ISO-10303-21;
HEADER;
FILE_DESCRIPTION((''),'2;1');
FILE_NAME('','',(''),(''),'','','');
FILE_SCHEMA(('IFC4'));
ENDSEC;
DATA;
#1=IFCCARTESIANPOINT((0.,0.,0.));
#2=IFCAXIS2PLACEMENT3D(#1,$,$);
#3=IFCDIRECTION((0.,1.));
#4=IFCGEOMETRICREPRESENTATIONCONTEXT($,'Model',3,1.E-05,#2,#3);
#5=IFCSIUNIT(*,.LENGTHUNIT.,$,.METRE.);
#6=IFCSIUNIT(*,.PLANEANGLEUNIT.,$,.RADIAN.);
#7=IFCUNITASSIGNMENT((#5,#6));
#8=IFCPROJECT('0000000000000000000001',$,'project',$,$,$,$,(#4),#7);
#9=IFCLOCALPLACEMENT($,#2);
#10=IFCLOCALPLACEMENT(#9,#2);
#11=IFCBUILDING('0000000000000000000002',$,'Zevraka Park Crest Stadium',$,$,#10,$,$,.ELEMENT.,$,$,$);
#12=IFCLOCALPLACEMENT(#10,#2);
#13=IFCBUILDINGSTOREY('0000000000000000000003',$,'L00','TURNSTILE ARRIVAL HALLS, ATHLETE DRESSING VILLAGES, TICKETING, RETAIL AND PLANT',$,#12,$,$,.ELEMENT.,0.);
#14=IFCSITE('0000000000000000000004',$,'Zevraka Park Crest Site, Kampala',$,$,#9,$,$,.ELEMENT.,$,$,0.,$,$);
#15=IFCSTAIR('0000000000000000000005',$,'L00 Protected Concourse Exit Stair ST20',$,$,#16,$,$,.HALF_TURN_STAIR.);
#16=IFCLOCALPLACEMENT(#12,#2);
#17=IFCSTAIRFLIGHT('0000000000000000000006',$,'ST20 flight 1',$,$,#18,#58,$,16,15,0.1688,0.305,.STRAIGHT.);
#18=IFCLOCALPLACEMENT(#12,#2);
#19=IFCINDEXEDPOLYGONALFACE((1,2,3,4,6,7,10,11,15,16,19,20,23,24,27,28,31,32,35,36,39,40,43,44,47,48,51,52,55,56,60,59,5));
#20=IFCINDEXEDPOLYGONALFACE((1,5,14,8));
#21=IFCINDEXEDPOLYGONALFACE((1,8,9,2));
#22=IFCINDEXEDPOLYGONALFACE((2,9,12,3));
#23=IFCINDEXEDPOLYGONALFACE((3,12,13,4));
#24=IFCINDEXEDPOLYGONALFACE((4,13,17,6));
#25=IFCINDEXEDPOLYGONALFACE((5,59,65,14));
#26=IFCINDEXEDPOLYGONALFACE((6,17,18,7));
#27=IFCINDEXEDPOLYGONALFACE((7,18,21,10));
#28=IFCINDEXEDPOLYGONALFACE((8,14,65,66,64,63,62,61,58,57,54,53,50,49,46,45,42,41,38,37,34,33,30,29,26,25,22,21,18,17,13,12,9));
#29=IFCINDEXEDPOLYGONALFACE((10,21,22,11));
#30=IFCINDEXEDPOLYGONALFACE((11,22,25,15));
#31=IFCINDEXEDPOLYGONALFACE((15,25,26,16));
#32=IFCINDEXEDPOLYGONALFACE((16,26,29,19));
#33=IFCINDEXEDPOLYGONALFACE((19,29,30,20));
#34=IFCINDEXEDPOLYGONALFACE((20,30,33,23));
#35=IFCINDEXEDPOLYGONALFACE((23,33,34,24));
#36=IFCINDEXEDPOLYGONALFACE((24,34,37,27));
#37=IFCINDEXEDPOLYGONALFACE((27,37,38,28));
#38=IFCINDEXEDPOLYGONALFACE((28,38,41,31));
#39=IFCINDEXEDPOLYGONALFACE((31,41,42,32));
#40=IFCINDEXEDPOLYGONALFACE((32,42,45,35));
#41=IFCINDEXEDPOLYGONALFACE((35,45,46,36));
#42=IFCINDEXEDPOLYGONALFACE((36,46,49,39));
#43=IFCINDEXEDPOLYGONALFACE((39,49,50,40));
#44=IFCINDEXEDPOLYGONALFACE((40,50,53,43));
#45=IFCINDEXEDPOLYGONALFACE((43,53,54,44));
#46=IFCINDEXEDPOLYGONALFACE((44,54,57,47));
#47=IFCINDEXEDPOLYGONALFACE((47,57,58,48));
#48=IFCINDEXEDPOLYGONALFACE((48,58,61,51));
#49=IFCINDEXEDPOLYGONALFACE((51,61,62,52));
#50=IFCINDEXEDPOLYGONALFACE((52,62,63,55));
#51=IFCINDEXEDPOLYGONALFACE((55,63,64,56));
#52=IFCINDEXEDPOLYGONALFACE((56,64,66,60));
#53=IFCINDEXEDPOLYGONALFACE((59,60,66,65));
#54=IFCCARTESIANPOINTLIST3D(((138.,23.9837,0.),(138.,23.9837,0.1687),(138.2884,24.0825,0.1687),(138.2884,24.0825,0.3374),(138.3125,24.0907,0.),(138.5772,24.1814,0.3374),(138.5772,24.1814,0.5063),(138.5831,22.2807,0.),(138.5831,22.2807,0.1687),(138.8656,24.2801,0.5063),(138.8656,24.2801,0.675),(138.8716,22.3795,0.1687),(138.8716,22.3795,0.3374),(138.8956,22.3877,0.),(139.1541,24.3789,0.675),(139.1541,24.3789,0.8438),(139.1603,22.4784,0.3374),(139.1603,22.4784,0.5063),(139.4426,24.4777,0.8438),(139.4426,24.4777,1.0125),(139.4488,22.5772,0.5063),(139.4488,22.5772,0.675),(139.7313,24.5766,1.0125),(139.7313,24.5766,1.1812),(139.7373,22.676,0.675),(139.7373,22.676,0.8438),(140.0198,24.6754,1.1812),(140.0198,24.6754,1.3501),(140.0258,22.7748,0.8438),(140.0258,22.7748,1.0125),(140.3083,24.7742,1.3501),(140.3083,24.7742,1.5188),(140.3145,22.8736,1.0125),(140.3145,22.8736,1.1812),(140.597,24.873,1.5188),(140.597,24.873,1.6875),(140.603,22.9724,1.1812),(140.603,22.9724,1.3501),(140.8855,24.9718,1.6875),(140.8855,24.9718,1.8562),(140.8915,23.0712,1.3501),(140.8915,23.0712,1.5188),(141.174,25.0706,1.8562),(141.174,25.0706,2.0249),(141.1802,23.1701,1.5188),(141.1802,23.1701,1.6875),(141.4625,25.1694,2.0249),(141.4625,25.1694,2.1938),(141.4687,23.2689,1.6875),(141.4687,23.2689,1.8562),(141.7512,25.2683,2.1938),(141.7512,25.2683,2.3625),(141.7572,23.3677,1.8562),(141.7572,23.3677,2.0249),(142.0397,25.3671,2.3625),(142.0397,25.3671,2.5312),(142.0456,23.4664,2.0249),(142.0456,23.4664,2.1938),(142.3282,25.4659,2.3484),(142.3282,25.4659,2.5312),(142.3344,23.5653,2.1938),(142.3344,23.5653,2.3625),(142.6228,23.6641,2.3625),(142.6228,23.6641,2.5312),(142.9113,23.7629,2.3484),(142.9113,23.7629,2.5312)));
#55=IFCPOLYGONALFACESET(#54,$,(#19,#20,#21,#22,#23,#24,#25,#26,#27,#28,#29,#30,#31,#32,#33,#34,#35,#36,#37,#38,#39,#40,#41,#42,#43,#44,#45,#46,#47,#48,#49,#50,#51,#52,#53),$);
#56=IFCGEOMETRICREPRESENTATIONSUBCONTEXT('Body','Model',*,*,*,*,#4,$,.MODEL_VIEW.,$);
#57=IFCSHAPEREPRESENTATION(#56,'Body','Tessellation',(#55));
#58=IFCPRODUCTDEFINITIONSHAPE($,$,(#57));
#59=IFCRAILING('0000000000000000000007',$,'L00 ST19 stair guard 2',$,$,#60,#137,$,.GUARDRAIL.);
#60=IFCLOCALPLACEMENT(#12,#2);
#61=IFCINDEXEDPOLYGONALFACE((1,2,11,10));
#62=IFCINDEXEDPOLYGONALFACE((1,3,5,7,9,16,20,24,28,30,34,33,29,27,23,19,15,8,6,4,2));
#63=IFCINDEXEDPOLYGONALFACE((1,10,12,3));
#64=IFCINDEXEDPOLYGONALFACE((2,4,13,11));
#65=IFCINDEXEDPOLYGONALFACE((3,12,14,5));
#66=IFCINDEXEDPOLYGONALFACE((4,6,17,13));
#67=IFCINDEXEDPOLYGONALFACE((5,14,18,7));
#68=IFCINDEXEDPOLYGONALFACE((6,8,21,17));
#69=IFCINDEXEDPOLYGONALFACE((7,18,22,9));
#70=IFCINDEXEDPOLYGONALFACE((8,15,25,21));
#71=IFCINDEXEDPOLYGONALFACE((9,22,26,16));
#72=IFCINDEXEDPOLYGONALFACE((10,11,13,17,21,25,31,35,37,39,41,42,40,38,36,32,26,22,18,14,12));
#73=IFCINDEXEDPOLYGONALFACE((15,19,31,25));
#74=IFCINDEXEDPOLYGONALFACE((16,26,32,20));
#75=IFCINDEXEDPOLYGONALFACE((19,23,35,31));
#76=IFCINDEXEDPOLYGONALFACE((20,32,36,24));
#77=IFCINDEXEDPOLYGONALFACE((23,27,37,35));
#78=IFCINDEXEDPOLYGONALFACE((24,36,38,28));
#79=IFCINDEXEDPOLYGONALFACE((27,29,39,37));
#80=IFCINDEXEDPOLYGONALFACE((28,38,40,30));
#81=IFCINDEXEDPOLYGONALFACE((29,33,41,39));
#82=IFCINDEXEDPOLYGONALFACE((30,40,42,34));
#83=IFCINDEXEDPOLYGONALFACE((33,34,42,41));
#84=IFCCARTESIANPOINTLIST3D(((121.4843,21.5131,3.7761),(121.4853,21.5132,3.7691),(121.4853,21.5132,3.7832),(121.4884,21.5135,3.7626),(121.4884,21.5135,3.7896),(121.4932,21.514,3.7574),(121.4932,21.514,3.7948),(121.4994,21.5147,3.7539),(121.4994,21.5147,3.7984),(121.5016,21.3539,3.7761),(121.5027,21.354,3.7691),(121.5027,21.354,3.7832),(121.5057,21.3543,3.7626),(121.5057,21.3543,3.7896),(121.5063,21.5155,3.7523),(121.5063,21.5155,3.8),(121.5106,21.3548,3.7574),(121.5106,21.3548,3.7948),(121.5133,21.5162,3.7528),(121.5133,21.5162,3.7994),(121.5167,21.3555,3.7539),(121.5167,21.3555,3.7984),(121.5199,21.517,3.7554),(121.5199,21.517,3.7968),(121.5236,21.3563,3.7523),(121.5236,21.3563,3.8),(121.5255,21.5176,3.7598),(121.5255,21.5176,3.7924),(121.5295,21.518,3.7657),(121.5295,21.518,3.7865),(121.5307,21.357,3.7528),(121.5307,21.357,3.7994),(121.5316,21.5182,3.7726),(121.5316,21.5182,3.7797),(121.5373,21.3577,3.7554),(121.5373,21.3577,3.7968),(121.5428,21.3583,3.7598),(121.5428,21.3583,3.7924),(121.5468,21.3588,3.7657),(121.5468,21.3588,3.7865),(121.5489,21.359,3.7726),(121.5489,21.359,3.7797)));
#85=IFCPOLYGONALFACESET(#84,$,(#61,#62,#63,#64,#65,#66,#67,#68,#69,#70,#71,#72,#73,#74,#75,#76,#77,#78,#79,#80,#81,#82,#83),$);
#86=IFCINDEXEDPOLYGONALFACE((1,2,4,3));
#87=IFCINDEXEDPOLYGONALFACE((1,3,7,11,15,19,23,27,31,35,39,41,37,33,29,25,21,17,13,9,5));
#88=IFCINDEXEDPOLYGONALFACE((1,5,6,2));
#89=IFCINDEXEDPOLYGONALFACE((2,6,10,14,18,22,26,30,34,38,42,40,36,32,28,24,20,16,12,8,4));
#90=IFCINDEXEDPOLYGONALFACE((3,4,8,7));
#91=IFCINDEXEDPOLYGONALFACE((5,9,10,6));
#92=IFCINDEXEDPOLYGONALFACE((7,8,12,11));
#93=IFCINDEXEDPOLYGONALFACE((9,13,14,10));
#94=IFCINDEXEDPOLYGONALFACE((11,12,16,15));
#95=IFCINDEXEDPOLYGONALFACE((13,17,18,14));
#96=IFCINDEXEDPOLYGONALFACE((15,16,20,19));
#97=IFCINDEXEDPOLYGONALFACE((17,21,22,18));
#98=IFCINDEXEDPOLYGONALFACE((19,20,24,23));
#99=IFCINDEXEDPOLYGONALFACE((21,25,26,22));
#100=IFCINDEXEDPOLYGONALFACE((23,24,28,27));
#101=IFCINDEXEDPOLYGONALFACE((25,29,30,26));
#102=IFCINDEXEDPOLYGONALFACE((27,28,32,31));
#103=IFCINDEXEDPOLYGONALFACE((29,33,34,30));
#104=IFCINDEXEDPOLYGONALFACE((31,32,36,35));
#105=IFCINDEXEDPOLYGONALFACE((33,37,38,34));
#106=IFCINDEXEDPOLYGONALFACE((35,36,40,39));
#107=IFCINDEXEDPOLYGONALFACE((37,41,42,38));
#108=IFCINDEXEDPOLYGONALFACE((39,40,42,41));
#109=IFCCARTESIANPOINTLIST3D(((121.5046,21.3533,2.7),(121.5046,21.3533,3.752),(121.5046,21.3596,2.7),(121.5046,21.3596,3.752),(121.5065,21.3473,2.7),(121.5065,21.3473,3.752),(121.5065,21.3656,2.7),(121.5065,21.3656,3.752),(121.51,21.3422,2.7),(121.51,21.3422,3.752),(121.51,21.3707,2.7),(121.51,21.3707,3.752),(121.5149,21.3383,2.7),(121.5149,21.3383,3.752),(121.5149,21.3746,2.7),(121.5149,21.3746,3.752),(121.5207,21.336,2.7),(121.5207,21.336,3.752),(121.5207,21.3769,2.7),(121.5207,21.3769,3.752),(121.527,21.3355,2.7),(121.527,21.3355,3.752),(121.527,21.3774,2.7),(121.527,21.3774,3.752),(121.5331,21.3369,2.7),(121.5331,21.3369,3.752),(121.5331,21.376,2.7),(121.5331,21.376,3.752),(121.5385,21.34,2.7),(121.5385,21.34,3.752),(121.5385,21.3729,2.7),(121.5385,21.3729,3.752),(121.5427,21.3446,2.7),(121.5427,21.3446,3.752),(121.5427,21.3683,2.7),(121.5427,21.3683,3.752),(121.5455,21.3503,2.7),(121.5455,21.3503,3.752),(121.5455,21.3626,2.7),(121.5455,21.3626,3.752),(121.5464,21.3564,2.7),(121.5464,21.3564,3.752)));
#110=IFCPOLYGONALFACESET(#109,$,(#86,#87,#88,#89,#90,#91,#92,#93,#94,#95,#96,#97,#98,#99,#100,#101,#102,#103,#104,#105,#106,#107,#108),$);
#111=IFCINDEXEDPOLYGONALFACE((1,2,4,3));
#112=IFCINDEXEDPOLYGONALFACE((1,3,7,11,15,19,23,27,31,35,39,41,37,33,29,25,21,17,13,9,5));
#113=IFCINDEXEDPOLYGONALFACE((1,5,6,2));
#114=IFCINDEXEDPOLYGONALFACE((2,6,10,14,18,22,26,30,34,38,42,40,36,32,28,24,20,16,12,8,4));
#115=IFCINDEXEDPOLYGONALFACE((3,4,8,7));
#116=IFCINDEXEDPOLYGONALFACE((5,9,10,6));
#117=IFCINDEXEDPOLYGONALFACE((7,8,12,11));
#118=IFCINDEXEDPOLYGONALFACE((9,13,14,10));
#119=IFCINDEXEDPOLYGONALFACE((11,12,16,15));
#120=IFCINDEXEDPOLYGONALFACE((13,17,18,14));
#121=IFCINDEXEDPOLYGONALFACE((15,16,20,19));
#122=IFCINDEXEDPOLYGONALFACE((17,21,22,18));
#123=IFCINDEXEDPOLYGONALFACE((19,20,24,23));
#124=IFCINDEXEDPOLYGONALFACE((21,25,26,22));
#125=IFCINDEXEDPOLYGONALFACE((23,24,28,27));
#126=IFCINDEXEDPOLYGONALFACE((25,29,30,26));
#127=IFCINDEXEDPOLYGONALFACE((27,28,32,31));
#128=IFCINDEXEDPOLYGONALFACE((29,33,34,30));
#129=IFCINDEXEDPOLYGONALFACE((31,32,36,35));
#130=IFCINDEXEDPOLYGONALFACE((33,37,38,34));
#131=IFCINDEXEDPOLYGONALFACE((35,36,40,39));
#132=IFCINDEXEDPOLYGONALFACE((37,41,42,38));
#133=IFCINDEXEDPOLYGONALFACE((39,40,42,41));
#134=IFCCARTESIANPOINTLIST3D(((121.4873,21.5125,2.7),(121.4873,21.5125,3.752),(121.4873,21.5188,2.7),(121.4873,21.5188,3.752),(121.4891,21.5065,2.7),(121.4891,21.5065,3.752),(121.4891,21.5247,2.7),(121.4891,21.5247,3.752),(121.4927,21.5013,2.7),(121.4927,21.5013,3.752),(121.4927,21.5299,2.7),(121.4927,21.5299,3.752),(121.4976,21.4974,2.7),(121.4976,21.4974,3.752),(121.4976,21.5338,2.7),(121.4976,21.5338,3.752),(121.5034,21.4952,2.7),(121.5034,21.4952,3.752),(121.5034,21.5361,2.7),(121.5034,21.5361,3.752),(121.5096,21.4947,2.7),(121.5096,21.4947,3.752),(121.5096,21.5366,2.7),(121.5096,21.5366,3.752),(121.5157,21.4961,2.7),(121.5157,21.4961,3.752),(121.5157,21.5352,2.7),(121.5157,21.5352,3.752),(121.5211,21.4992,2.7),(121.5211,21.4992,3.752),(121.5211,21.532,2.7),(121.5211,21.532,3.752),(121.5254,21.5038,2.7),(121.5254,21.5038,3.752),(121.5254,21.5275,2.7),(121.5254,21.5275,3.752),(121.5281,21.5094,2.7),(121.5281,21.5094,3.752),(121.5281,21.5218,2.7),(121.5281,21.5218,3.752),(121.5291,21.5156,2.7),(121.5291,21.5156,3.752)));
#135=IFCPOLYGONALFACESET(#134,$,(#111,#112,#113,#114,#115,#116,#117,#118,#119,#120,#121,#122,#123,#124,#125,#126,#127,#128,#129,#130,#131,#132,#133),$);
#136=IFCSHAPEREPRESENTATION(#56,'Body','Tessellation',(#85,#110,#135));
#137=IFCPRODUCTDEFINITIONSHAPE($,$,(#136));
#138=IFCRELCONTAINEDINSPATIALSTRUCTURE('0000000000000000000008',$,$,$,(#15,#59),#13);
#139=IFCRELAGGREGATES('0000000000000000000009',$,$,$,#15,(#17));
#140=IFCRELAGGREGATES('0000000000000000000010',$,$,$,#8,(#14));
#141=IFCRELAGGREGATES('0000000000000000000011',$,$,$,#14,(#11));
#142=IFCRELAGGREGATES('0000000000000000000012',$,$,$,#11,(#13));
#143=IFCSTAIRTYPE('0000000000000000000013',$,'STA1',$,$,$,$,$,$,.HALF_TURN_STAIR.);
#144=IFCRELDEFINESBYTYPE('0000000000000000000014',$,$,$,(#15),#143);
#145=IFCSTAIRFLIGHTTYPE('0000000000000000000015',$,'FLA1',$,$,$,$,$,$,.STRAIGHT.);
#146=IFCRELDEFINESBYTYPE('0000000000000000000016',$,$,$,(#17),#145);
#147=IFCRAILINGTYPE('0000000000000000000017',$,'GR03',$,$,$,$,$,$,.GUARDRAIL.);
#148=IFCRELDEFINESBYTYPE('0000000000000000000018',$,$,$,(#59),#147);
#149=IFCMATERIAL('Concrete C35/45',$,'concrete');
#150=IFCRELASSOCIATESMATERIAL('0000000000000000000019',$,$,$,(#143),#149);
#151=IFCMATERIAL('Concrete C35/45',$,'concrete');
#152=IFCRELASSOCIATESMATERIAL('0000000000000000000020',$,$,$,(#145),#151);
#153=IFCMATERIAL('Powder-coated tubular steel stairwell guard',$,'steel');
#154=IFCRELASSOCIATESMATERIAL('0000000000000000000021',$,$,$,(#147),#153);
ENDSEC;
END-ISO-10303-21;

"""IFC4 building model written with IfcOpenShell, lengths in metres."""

from ifc_helpers import new_model, si_unit, direction, frame, origin, origin_2d, place, context, subcontext, project, spatial, polyline, circle, outline, extrude, material, type_object, element, aggregate, save


model = new_model("IFC4")

# Units and contexts
model_context = context("Model", 3, precision=1e-05, world=origin(), true_north=direction((0.0, 1.0)))
body_context = subcontext(model_context, "Body", "Model", "MODEL_VIEW")
ifc_project = project(units=[si_unit("LENGTHUNIT", "METRE"), si_unit("PLANEANGLEUNIT", "RADIAN")], contexts=[model_context])

# Site, building, storey
site_placement = place(None, origin())
site = spatial("IfcSite", under=ifc_project, at=site_placement, Name="Zevraka Park Crest Site, Kampala", CompositionType="ELEMENT", RefElevation=0.0)
building_placement = place(site_placement, origin())
building = spatial("IfcBuilding", under=site, at=building_placement, Name="Zevraka Park Crest Stadium", CompositionType="ELEMENT")
storey_placement = place(building_placement, origin())
storey = spatial("IfcBuildingStorey", under=building, at=storey_placement, Name="L00", Description="TURNSTILE ARRIVAL HALLS, ATHLETE DRESSING VILLAGES, TICKETING, RETAIL AND PLANT", CompositionType="ELEMENT", Elevation=0.0)

# Stair, stair flight
ifc_material_1 = material(Name="Concrete C35/45", Category="concrete")
stair_type = type_object("IfcStairType", Name="STA1", PredefinedType="HALF_TURN_STAIR", material=ifc_material_1)
ifc_material_2 = material(Name="Concrete C35/45", Category="concrete")
stair_flight_type = type_object("IfcStairFlightType", Name="FLA1", PredefinedType="STRAIGHT", material=ifc_material_2)
stair_1_placement = place(storey_placement, origin())
stair_1 = element("IfcStair", 1, at=stair_1_placement, inside=storey, type_object=stair_type, Name="L00 Protected Concourse Exit Stair ST20", PredefinedType="HALF_TURN_STAIR")
stair_flight_1_placement = place(storey_placement, frame((138.2915, 23.1323, 0.0), z_axis=(0.0, 0.0, 1.0), x_axis=(0.946066, 0.323974, 0.0)))
stair_flight_1 = element("IfcStairFlight", 2, at=stair_flight_1_placement, type_object=stair_flight_type, Name="ST20 flight 1", NumberOfRisers=16, NumberOfTreads=15, PredefinedType="STRAIGHT", RiserHeight=0.1688, TreadLength=0.305, context=body_context, shape_type="SweptSolid", body=[
    extrude(outline(polyline([(0.0, 0.0), (0.0, 0.1687), (0.3049, 0.1687), (0.3049, 0.3374), (0.6101, 0.3374), (0.6101, 0.5063), (0.915, 0.5063), (0.915, 0.675), (1.22, 0.675), (1.22, 0.8438), (1.5249, 0.8438), (1.5249, 1.0125), (1.8301, 1.0125), (1.8301, 1.1812), (2.135, 1.1812), (2.135, 1.3501), (2.4399, 1.3501), (2.4399, 1.5188), (2.7451, 1.5188), (2.7451, 1.6875), (3.05, 1.6875), (3.05, 1.8562), (3.355, 1.8562), (3.355, 2.0249), (3.6599, 2.0249), (3.6599, 2.1938), (3.9651, 2.1938), (3.9651, 2.3625), (4.27, 2.3625), (4.27, 2.5312), (4.575, 2.5312), (4.575, 2.7), (4.575, 2.3484), (0.3303, 0.0), (0.0, 0.0)])), frame((0.0, 0.8999, 0.0), z_axis=(0.0, -1.0, 0.0), x_axis=(1.0, 0.0, 0.0)), (0.0, 0.0, 1.0), 1.8),
])
aggregate(stair_1, [stair_flight_1])

# Railing
ifc_material_3 = material(Name="Powder-coated tubular steel stairwell guard", Category="steel")
railing_type_1 = type_object("IfcRailingType", Name="GR03", PredefinedType="GUARDRAIL", material=ifc_material_3)
railing_1_placement = place(storey_placement, frame((121.5254, 21.3564, 2.7)))
element("IfcRailing", 3, at=railing_1_placement, inside=storey, type_object=railing_type_1, Name="L00 ST19 stair guard 2", PredefinedType="GUARDRAIL", context=body_context, shape_type="SweptSolid", body=[
    extrude(circle(Radius=0.0239, at=origin_2d()), frame((0.0, 0.0, 1.0762), z_axis=(-0.108256, 0.994123, 0.0), x_axis=(-0.994123, -0.108256, 0.0)), (0.0, 0.0, 1.0), 0.1602),
    extrude(circle(Radius=0.021, at=origin_2d()), origin(), (0.0, 0.0, 1.0), 1.052),
    extrude(circle(Radius=0.021, at=origin_2d()), frame((-0.0173, 0.1592, 0.0)), (0.0, 0.0, 1.0), 1.052),
])

save(model, "model.ifc")
